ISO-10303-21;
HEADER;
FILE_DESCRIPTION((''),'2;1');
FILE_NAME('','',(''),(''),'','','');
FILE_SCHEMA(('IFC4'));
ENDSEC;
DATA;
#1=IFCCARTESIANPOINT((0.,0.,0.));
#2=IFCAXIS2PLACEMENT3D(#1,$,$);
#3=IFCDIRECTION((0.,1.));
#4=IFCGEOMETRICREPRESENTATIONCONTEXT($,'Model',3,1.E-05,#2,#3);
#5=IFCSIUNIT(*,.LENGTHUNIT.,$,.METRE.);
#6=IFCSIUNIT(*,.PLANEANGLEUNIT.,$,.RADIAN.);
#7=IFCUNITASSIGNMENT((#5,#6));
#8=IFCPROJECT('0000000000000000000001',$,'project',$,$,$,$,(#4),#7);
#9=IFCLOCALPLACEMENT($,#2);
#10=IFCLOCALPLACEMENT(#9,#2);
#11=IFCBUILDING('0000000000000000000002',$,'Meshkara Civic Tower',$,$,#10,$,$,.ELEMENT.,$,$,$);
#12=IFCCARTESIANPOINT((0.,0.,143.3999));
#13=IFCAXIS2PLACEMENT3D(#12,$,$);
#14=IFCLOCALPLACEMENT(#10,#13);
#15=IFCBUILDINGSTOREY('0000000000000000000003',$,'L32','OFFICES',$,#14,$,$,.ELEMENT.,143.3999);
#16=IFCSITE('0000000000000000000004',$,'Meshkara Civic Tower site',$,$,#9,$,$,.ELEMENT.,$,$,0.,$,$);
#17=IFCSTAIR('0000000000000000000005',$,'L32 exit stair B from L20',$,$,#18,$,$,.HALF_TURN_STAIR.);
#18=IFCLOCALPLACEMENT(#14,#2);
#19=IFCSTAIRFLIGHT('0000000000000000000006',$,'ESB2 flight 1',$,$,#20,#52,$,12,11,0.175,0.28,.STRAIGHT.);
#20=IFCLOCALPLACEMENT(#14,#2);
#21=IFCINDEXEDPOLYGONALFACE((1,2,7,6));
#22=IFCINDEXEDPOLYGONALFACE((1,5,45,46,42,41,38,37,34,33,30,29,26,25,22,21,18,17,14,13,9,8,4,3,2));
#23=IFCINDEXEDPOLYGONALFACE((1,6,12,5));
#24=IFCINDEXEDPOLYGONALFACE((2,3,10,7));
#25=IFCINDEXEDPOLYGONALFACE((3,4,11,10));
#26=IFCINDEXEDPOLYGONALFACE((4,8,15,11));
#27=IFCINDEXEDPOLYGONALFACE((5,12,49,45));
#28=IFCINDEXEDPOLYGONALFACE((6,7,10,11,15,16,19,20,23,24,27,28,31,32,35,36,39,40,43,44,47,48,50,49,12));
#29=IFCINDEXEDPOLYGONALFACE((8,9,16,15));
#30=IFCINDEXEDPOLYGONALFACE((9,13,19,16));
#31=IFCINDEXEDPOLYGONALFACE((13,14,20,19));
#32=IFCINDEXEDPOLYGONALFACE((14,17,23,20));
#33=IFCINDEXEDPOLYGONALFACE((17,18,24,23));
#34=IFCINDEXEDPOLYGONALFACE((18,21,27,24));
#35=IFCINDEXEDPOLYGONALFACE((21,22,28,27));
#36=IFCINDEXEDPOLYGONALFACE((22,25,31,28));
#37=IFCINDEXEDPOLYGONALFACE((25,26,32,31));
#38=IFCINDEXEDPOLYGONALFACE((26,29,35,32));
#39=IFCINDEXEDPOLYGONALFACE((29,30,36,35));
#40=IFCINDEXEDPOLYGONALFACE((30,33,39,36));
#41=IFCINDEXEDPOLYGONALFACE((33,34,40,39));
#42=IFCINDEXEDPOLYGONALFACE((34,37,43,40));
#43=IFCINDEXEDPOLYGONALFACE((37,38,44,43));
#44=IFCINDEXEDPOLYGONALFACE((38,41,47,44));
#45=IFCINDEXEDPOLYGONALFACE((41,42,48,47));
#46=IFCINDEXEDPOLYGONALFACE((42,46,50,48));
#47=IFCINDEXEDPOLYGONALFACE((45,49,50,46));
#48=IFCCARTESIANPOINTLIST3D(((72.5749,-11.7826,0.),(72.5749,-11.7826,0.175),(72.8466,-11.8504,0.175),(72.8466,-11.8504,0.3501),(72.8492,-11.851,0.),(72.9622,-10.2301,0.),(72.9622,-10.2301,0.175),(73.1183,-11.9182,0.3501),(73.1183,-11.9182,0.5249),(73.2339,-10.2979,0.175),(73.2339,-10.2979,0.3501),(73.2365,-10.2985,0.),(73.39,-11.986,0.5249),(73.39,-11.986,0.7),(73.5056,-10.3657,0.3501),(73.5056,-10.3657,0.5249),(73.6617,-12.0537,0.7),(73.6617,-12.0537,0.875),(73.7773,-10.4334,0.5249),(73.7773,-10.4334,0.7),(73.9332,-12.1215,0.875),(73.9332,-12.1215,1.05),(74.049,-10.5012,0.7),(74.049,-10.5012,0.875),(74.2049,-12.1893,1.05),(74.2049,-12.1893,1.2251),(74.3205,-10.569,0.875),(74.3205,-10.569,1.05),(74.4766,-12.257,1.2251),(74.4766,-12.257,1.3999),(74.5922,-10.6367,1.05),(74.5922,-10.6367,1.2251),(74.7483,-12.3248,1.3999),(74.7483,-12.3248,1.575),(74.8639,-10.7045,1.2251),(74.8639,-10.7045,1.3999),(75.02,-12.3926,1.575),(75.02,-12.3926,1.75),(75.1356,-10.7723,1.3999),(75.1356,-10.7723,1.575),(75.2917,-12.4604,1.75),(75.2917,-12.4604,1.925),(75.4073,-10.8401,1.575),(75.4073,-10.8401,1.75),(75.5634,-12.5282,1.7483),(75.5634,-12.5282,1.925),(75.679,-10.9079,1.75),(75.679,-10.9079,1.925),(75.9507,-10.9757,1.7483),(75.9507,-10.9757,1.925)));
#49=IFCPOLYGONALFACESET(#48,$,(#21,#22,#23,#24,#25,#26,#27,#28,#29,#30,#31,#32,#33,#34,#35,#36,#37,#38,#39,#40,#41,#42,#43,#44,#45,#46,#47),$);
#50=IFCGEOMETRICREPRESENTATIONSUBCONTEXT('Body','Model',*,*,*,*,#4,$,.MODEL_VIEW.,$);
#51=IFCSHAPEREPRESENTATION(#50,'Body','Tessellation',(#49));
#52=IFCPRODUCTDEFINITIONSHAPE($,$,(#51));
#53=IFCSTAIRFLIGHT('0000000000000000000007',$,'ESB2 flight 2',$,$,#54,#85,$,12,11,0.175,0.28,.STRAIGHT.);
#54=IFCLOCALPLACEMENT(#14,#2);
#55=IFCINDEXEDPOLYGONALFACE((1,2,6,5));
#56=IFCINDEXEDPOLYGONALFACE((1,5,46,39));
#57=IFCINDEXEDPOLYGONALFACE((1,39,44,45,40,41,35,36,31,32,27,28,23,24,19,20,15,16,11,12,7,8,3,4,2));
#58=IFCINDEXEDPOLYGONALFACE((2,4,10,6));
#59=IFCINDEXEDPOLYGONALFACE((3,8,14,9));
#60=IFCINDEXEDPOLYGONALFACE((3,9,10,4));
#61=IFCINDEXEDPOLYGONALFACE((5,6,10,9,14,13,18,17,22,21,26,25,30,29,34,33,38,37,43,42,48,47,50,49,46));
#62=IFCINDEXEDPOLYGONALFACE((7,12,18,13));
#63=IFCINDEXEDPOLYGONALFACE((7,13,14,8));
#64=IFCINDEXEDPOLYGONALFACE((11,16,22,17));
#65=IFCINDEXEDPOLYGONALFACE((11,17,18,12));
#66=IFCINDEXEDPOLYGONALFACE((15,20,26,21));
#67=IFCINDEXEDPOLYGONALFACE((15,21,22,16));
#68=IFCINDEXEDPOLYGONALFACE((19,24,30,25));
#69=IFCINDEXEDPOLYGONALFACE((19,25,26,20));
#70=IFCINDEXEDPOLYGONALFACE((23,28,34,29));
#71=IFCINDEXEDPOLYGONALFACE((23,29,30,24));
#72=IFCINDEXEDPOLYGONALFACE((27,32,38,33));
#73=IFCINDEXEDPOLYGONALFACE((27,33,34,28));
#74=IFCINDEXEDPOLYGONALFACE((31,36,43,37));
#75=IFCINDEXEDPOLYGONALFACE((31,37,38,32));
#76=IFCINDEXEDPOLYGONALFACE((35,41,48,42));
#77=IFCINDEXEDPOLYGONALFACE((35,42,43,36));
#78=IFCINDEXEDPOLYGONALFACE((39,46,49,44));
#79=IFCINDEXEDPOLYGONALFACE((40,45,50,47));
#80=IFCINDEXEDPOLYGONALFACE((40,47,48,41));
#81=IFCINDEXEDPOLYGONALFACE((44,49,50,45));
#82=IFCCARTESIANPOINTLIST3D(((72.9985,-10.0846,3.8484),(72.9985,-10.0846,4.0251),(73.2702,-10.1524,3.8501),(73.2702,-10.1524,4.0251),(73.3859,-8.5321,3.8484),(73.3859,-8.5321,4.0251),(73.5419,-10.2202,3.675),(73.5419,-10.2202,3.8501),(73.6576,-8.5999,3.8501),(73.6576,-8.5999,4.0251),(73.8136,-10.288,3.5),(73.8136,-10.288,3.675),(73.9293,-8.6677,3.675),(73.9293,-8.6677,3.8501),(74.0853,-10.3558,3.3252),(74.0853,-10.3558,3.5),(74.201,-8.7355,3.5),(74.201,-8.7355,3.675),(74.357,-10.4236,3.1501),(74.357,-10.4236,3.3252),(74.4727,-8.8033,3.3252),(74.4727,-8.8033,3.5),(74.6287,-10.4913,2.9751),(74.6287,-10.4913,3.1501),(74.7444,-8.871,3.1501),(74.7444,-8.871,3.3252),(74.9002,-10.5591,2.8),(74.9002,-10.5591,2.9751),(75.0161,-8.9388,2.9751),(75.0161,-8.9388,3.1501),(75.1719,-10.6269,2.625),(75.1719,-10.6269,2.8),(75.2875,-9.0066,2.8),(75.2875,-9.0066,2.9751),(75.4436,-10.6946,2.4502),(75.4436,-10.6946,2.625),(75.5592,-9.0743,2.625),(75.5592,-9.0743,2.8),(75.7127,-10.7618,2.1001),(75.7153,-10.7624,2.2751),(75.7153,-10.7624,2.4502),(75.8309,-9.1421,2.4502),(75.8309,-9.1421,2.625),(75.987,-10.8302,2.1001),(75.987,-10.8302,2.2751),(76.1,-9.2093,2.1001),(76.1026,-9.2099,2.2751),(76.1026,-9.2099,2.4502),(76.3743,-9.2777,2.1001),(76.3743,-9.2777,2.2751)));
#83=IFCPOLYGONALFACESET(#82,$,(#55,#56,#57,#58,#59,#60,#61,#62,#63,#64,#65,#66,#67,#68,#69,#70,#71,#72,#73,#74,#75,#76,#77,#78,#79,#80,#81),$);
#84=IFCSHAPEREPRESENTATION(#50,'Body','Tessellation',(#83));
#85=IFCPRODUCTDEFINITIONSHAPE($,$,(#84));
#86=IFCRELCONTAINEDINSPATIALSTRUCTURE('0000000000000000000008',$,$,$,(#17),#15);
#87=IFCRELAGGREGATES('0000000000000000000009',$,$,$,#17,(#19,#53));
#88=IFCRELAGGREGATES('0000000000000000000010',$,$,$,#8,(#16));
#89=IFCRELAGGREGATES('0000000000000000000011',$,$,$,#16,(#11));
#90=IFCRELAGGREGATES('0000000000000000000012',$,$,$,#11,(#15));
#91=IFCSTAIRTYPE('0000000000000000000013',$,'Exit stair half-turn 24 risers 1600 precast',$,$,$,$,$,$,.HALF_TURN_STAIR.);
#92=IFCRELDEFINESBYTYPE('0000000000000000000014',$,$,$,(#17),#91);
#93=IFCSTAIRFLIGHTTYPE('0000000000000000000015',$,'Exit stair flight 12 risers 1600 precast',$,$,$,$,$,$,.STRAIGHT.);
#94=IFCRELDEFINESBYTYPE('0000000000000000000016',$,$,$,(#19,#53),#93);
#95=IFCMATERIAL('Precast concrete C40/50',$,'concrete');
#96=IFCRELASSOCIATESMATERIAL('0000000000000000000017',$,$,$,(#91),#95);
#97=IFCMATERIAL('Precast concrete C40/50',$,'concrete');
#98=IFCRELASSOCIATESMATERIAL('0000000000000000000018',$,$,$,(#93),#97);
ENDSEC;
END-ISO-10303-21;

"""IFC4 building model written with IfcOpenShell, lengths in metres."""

from ifc_helpers import new_model, si_unit, direction, frame, origin, place, context, subcontext, project, spatial, polyline, outline, extrude, material, type_object, element, aggregate, save


model = new_model("IFC4")

# Units and contexts
model_context = context("Model", 3, precision=1e-05, world=origin(), true_north=direction((0.0, 1.0)))
body_context = subcontext(model_context, "Body", "Model", "MODEL_VIEW")
ifc_project = project(units=[si_unit("LENGTHUNIT", "METRE"), si_unit("PLANEANGLEUNIT", "RADIAN")], contexts=[model_context])

# Site, building, storey
site_placement = place(None, origin())
site = spatial("IfcSite", under=ifc_project, at=site_placement, Name="Meshkara Civic Tower site", CompositionType="ELEMENT", RefElevation=0.0)
building_placement = place(site_placement, origin())
building = spatial("IfcBuilding", under=site, at=building_placement, Name="Meshkara Civic Tower", CompositionType="ELEMENT")
storey_placement = place(building_placement, frame((0.0, 0.0, 143.3999)))
storey = spatial("IfcBuildingStorey", under=building, at=storey_placement, Name="L32", Description="OFFICES", CompositionType="ELEMENT", Elevation=143.3999)

# Stair, stair flights
ifc_material_1 = material(Name="Precast concrete C40/50", Category="concrete")
stair_type = type_object("IfcStairType", Name="Exit stair half-turn 24 risers 1600 precast", PredefinedType="HALF_TURN_STAIR", material=ifc_material_1)
stair_placement = place(storey_placement, origin())
stair = element("IfcStair", 1, at=stair_placement, inside=storey, type_object=stair_type, Name="L32 exit stair B from L20", PredefinedType="HALF_TURN_STAIR")
ifc_material_2 = material(Name="Precast concrete C40/50", Category="concrete")
stair_flight_type = type_object("IfcStairFlightType", Name="Exit stair flight 12 risers 1600 precast", PredefinedType="STRAIGHT", material=ifc_material_2)
stair_flight_1_placement = place(storey_placement, frame((72.7686, -11.0063, 0.0), z_axis=(0.0, 0.0, 1.0), x_axis=(0.97026, -0.242065, 0.0)))
stair_flight_1 = element("IfcStairFlight", 2, at=stair_flight_1_placement, type_object=stair_flight_type, Name="ESB2 flight 1", NumberOfRisers=12, NumberOfTreads=11, PredefinedType="STRAIGHT", RiserHeight=0.175, TreadLength=0.28, context=body_context, shape_type="SweptSolid", body=[
    extrude(outline(polyline([(0.0, 0.0), (0.0, 0.175), (0.28, 0.175), (0.28, 0.3501), (0.5601, 0.3501), (0.5601, 0.5249), (0.8401, 0.5249), (0.8401, 0.7), (1.1201, 0.7), (1.1201, 0.875), (1.3999, 0.875), (1.3999, 1.05), (1.6799, 1.05), (1.6799, 1.2251), (1.96, 1.2251), (1.96, 1.3999), (2.24, 1.3999), (2.24, 1.575), (2.52, 1.575), (2.52, 1.75), (2.8, 1.75), (2.8, 1.925), (3.0801, 1.925), (3.0801, 2.1001), (3.0801, 1.7483), (0.2827, 0.0), (0.0, 0.0)])), frame((0.0, 0.8, 0.0), z_axis=(0.0, -1.0, 0.0), x_axis=(1.0, 0.0, 0.0)), (0.0, 0.0, 1.0), 1.6001),
])
stair_flight_2_placement = place(storey_placement, frame((76.1807, -10.054, 2.1001), z_axis=(0.0, 0.0, 1.0), x_axis=(-0.97026, 0.242065, 0.0)))
stair_flight_2 = element("IfcStairFlight", 3, at=stair_flight_2_placement, type_object=stair_flight_type, Name="ESB2 flight 2", NumberOfRisers=12, NumberOfTreads=11, PredefinedType="STRAIGHT", RiserHeight=0.175, TreadLength=0.28, context=body_context, shape_type="SweptSolid", body=[
    extrude(outline(polyline([(0.0, 0.0), (0.0, 0.175), (0.28, 0.175), (0.28, 0.3501), (0.5601, 0.3501), (0.5601, 0.5249), (0.8401, 0.5249), (0.8401, 0.7), (1.1201, 0.7), (1.1201, 0.875), (1.3999, 0.875), (1.3999, 1.05), (1.6799, 1.05), (1.6799, 1.2251), (1.96, 1.2251), (1.96, 1.3999), (2.24, 1.3999), (2.24, 1.575), (2.52, 1.575), (2.52, 1.75), (2.8, 1.75), (2.8, 1.925), (3.0801, 1.925), (3.0801, 2.1001), (3.0801, 1.7483), (0.2827, 0.0), (0.0, 0.0)])), frame((0.0, 0.8, 0.0), z_axis=(0.0, -1.0, 0.0), x_axis=(1.0, 0.0, 0.0)), (0.0, 0.0, 1.0), 1.6001),
])
aggregate(stair, [stair_flight_1, stair_flight_2])

save(model, "model.ifc")
